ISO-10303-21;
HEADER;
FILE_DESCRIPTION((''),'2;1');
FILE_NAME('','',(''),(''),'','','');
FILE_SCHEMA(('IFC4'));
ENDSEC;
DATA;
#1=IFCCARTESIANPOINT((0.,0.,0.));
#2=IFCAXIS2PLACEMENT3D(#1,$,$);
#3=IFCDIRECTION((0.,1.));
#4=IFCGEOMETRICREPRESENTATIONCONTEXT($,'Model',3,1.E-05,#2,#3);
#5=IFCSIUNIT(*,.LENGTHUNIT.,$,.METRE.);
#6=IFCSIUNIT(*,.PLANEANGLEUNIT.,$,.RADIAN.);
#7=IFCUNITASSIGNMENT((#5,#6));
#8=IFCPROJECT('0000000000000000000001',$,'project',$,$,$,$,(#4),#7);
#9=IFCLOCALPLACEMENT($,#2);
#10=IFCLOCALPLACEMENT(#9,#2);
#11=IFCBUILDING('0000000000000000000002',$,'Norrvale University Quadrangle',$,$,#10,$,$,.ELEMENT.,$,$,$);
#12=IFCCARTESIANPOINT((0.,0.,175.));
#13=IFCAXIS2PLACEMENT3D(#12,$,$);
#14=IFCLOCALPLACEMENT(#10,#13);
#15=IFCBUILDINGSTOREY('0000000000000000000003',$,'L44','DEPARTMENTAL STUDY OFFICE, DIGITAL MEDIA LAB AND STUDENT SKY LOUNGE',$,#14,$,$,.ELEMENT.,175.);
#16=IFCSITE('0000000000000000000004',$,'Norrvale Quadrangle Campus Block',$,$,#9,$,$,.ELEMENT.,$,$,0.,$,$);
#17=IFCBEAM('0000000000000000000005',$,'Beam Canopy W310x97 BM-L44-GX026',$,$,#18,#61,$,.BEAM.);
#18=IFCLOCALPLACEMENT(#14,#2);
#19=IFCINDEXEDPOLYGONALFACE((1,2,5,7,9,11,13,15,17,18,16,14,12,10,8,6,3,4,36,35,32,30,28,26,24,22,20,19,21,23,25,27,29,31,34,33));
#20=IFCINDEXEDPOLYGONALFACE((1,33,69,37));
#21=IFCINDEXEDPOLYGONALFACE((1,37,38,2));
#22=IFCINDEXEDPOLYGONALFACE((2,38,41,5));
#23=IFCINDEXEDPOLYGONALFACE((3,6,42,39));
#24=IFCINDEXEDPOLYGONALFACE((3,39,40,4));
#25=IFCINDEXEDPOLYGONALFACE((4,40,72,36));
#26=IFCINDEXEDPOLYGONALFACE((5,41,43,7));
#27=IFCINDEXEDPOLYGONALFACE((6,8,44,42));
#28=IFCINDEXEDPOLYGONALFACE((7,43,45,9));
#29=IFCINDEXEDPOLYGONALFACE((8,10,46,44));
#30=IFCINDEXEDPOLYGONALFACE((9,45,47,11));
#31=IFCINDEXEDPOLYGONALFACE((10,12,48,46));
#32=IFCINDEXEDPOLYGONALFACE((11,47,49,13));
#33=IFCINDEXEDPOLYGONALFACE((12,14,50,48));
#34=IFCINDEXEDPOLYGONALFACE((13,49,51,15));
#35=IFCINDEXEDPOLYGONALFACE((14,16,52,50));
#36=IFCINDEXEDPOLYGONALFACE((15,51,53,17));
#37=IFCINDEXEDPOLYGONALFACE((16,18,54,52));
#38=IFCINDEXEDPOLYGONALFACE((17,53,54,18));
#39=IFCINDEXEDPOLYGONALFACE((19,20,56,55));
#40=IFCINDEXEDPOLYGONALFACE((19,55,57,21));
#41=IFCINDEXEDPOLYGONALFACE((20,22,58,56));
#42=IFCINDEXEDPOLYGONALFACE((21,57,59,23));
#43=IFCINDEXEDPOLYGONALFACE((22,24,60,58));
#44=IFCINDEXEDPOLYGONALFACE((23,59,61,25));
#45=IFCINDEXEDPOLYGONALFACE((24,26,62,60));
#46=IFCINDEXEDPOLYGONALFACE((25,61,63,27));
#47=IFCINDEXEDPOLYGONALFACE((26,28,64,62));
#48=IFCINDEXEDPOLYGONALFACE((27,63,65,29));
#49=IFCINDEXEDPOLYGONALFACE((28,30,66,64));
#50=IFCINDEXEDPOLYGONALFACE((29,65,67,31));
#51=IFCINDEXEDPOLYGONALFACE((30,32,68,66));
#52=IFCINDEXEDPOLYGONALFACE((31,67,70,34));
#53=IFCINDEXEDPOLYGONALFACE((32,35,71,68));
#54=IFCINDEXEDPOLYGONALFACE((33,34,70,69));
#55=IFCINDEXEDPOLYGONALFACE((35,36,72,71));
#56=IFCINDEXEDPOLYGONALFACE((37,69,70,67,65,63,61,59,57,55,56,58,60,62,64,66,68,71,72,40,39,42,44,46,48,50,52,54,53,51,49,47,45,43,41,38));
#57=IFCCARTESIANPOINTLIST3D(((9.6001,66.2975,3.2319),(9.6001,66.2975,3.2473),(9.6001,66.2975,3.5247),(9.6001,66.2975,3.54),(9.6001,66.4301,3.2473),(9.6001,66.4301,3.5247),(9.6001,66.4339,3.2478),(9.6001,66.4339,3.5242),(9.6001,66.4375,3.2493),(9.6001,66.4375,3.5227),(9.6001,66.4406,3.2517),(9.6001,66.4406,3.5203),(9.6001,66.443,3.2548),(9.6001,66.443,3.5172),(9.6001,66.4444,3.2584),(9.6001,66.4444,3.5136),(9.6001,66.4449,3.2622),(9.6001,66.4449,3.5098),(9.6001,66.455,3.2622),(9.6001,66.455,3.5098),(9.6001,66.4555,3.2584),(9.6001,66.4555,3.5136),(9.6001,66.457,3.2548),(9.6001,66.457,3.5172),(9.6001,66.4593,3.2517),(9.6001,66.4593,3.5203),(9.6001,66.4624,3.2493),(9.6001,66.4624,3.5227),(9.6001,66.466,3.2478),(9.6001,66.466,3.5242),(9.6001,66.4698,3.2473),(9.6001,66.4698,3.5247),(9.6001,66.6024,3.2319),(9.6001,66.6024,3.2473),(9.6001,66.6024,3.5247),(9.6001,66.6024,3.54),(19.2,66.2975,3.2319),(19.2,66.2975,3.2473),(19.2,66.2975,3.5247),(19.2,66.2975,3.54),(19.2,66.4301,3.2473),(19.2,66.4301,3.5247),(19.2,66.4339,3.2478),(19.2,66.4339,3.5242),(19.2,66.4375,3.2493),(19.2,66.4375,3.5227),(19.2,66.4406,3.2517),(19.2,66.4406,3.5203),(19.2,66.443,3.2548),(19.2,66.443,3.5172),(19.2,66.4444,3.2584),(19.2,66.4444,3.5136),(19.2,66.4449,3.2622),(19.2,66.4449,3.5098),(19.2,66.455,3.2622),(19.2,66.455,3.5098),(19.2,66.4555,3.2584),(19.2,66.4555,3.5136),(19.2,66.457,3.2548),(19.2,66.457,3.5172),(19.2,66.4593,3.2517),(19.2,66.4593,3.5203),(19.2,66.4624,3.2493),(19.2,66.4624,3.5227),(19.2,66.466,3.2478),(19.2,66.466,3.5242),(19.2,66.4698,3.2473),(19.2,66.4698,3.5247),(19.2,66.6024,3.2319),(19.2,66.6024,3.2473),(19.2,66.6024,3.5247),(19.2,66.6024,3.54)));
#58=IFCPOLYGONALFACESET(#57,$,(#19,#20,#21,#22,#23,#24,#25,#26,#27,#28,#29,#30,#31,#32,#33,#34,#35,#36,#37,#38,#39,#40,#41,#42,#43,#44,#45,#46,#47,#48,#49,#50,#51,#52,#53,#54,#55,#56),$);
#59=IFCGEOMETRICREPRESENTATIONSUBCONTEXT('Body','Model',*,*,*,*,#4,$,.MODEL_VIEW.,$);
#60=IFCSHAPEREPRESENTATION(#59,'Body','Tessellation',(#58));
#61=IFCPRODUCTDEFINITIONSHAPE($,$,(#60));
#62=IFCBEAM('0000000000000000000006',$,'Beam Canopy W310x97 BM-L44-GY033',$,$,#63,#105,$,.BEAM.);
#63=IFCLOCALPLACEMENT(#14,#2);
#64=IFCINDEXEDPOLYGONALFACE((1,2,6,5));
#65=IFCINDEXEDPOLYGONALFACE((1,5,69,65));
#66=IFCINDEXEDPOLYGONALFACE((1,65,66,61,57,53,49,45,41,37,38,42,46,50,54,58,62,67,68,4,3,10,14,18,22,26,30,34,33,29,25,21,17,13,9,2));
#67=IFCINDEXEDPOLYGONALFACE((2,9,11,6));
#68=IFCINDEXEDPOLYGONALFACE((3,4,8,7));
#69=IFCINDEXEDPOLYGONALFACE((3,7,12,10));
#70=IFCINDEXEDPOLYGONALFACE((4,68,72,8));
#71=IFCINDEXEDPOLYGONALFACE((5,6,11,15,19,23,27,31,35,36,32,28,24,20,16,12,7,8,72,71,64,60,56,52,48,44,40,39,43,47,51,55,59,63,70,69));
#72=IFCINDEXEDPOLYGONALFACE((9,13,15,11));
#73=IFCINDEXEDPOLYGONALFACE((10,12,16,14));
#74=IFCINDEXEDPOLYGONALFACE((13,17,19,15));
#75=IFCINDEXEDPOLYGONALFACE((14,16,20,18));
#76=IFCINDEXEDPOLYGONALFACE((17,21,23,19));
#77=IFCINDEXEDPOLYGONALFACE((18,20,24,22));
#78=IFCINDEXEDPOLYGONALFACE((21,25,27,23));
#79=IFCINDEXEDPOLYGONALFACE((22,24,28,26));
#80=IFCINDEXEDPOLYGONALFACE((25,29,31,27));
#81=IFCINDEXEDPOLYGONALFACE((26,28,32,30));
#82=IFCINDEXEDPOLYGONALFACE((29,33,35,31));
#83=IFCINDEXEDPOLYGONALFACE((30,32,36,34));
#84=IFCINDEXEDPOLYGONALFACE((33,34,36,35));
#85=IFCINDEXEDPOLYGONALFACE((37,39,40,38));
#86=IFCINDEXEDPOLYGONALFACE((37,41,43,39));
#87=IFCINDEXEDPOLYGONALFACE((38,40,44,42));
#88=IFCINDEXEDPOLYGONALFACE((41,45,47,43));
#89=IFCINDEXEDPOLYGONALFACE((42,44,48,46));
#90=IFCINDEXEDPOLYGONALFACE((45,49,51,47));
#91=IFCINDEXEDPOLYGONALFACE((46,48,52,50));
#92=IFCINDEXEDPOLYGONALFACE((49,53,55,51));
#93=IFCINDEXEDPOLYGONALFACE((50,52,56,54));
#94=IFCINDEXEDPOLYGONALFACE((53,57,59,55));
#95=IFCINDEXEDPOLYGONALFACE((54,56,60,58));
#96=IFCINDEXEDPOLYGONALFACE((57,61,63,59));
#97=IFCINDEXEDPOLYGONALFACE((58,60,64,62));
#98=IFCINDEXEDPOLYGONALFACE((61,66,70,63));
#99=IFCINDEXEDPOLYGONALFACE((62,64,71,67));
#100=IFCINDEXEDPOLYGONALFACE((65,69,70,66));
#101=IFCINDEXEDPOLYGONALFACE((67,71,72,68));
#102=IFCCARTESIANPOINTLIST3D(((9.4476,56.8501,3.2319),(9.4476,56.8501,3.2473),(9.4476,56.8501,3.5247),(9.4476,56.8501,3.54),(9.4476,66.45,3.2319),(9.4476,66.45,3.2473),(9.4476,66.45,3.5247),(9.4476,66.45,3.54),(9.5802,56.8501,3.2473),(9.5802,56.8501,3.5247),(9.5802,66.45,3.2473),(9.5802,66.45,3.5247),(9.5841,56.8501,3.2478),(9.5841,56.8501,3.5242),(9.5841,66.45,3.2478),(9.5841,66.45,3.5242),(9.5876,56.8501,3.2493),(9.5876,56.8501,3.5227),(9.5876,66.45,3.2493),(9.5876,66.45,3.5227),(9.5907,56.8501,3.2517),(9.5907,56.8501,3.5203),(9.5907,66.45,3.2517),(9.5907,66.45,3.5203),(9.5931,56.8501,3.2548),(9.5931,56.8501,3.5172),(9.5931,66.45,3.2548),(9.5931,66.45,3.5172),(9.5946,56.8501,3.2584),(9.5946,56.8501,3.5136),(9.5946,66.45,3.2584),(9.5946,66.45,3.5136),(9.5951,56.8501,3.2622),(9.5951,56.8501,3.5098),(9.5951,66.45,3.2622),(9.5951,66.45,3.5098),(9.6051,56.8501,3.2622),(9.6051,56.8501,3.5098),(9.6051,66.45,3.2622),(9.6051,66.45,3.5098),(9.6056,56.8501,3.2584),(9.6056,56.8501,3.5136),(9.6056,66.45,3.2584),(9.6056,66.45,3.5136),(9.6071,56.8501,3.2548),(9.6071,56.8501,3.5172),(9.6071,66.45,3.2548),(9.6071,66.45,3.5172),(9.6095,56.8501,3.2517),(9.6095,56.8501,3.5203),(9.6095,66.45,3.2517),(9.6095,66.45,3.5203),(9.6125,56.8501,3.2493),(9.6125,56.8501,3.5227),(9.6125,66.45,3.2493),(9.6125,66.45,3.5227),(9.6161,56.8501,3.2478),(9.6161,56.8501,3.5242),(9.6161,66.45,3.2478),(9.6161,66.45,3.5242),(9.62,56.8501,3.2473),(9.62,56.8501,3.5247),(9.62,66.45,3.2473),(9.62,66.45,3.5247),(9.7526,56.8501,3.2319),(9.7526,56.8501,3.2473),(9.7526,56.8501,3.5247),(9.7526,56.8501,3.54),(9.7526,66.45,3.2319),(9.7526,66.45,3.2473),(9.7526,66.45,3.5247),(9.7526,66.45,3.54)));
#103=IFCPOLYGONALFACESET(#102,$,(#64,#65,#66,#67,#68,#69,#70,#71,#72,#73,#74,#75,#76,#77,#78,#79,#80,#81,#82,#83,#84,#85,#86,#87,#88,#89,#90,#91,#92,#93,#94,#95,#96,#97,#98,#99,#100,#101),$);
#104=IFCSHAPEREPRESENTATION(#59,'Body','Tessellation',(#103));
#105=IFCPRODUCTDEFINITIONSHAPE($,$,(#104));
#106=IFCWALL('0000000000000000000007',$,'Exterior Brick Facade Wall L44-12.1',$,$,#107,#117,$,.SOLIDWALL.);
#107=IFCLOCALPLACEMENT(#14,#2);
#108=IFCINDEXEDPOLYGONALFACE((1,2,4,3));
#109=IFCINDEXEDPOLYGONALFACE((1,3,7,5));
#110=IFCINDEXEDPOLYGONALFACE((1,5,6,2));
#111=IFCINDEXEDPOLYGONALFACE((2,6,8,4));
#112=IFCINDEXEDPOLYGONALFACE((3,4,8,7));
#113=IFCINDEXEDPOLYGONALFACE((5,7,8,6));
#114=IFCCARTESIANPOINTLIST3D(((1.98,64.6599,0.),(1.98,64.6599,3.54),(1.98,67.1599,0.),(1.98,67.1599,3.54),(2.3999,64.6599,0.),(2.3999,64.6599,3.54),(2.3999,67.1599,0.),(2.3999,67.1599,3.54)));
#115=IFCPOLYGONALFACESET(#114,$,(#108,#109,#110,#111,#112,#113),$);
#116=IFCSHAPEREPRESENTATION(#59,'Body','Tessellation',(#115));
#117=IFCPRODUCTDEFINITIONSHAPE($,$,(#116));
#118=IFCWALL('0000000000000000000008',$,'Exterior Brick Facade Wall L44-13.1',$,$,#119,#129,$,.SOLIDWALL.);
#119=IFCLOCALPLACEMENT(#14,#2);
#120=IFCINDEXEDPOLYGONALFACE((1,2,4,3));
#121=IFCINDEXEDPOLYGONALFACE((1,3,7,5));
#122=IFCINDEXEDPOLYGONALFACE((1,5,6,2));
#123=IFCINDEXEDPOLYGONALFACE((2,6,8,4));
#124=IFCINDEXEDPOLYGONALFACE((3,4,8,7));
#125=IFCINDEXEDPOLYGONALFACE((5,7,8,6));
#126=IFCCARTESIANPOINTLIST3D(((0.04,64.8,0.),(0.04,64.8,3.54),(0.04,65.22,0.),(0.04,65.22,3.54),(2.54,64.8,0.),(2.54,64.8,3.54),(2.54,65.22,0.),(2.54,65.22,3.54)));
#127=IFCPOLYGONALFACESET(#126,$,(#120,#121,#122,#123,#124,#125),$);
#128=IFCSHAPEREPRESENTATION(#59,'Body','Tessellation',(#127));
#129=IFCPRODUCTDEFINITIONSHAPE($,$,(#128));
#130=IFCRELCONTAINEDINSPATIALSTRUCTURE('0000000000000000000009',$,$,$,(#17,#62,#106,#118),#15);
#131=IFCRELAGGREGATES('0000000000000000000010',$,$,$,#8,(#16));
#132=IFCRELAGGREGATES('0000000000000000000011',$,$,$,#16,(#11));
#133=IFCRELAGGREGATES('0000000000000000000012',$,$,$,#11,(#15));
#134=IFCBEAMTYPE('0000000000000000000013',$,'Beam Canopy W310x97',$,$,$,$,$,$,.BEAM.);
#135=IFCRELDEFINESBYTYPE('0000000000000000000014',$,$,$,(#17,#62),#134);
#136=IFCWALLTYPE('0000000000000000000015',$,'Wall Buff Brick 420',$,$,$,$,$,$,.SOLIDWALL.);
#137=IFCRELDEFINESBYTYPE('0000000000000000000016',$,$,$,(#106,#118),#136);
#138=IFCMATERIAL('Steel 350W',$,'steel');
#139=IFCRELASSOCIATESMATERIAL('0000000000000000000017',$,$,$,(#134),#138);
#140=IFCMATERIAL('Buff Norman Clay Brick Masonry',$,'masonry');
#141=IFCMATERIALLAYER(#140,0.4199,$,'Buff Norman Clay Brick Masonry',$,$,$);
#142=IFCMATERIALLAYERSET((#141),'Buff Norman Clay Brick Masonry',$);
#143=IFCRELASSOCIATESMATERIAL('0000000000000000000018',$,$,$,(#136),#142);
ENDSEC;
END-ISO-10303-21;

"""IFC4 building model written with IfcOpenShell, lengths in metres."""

from ifc_helpers import new_model, si_unit, direction, frame, frame_2d, origin, origin_2d, place, context, subcontext, project, spatial, rectangle, i_section, extrude, material, layer, layer_set, material_profile, profile_set, type_object, element, save


model = new_model("IFC4")

# Units and contexts
model_context = context("Model", 3, precision=1e-05, world=origin(), true_north=direction((0.0, 1.0)))
body_context = subcontext(model_context, "Body", "Model", "MODEL_VIEW")
ifc_project = project(units=[si_unit("LENGTHUNIT", "METRE"), si_unit("PLANEANGLEUNIT", "RADIAN")], contexts=[model_context])

# Site, building, storey
site_placement = place(None, origin())
site = spatial("IfcSite", under=ifc_project, at=site_placement, Name="Norrvale Quadrangle Campus Block", CompositionType="ELEMENT", RefElevation=0.0)
building_placement = place(site_placement, origin())
building = spatial("IfcBuilding", under=site, at=building_placement, Name="Norrvale University Quadrangle", CompositionType="ELEMENT")
storey_placement = place(building_placement, frame((0.0, 0.0, 175.0)))
storey = spatial("IfcBuildingStorey", under=building, at=storey_placement, Name="L44", Description="DEPARTMENTAL STUDY OFFICE, DIGITAL MEDIA LAB AND STUDENT SKY LOUNGE", CompositionType="ELEMENT", Elevation=175.0)

# Beams
ifc_material_1 = material(Name="Steel 350W", Category="steel")
ifc_material_profile_1 = material_profile(ifc_material_1, i_section(OverallWidth=0.3049, OverallDepth=0.3081, WebThickness=0.01, FlangeThickness=0.0154, FilletRadius=0.0149, at=origin_2d()), Name="Steel 350W")
ifc_profile_set_1 = profile_set([ifc_material_profile_1], Name="Steel 350W")
beam_type_1 = type_object("IfcBeamType", Name="Beam Canopy W310x97", PredefinedType="BEAM", material=ifc_profile_set_1)
for number, where, z_axis, x_axis, name in (
    (1, (9.6001, 66.45, 3.386), (1.0, 0.0, 0.0), (0.0, 1.0, 0.0), "Beam Canopy W310x97 BM-L44-GX026"),
    (2, (9.6001, 56.8501, 3.386), (0.0, 1.0, 0.0), (-1.0, 0.0, 0.0), "Beam Canopy W310x97 BM-L44-GY033"),
):
    element("IfcBeam", number, at=place(storey_placement, frame(where, z_axis=z_axis, x_axis=x_axis)), inside=storey, type_object=beam_type_1, Name=name, PredefinedType="BEAM", context=body_context, shape_type="SweptSolid", body=[
        extrude(i_section(OverallWidth=0.3049, OverallDepth=0.3081, WebThickness=0.01, FlangeThickness=0.0154, FilletRadius=0.0149, at=origin_2d()), origin(), (0.0, 0.0, 1.0), 9.5999),
    ])

# Walls
ifc_material_2 = material(Name="Buff Norman Clay Brick Masonry", Category="masonry")
ifc_layer = layer(ifc_material_2, 0.4199, Name="Buff Norman Clay Brick Masonry")
ifc_layer_set = layer_set([ifc_layer], Name="Buff Norman Clay Brick Masonry")
wall_type = type_object("IfcWallType", Name="Wall Buff Brick 420", PredefinedType="SOLIDWALL", material=ifc_layer_set)
for number, where, z_axis, x_axis, name in (
    (3, (2.1899, 67.1599, 0.0), (0.0, 0.0, 1.0), (0.0, -1.0, 0.0), "Exterior Brick Facade Wall L44-12.1"),
    (4, (2.54, 65.01, 0.0), (0.0, 0.0, 1.0), (-1.0, 0.0, 0.0), "Exterior Brick Facade Wall L44-13.1"),
):
    element("IfcWall", number, at=place(storey_placement, frame(where, z_axis=z_axis, x_axis=x_axis)), inside=storey, type_object=wall_type, Name=name, PredefinedType="SOLIDWALL", context=body_context, shape_type="SweptSolid", body=[
        extrude(rectangle(XDim=2.5, YDim=0.4199, at=frame_2d((1.25, 0.0))), origin(), (0.0, 0.0, 1.0), 3.54),
    ])

save(model, "model.ifc")
